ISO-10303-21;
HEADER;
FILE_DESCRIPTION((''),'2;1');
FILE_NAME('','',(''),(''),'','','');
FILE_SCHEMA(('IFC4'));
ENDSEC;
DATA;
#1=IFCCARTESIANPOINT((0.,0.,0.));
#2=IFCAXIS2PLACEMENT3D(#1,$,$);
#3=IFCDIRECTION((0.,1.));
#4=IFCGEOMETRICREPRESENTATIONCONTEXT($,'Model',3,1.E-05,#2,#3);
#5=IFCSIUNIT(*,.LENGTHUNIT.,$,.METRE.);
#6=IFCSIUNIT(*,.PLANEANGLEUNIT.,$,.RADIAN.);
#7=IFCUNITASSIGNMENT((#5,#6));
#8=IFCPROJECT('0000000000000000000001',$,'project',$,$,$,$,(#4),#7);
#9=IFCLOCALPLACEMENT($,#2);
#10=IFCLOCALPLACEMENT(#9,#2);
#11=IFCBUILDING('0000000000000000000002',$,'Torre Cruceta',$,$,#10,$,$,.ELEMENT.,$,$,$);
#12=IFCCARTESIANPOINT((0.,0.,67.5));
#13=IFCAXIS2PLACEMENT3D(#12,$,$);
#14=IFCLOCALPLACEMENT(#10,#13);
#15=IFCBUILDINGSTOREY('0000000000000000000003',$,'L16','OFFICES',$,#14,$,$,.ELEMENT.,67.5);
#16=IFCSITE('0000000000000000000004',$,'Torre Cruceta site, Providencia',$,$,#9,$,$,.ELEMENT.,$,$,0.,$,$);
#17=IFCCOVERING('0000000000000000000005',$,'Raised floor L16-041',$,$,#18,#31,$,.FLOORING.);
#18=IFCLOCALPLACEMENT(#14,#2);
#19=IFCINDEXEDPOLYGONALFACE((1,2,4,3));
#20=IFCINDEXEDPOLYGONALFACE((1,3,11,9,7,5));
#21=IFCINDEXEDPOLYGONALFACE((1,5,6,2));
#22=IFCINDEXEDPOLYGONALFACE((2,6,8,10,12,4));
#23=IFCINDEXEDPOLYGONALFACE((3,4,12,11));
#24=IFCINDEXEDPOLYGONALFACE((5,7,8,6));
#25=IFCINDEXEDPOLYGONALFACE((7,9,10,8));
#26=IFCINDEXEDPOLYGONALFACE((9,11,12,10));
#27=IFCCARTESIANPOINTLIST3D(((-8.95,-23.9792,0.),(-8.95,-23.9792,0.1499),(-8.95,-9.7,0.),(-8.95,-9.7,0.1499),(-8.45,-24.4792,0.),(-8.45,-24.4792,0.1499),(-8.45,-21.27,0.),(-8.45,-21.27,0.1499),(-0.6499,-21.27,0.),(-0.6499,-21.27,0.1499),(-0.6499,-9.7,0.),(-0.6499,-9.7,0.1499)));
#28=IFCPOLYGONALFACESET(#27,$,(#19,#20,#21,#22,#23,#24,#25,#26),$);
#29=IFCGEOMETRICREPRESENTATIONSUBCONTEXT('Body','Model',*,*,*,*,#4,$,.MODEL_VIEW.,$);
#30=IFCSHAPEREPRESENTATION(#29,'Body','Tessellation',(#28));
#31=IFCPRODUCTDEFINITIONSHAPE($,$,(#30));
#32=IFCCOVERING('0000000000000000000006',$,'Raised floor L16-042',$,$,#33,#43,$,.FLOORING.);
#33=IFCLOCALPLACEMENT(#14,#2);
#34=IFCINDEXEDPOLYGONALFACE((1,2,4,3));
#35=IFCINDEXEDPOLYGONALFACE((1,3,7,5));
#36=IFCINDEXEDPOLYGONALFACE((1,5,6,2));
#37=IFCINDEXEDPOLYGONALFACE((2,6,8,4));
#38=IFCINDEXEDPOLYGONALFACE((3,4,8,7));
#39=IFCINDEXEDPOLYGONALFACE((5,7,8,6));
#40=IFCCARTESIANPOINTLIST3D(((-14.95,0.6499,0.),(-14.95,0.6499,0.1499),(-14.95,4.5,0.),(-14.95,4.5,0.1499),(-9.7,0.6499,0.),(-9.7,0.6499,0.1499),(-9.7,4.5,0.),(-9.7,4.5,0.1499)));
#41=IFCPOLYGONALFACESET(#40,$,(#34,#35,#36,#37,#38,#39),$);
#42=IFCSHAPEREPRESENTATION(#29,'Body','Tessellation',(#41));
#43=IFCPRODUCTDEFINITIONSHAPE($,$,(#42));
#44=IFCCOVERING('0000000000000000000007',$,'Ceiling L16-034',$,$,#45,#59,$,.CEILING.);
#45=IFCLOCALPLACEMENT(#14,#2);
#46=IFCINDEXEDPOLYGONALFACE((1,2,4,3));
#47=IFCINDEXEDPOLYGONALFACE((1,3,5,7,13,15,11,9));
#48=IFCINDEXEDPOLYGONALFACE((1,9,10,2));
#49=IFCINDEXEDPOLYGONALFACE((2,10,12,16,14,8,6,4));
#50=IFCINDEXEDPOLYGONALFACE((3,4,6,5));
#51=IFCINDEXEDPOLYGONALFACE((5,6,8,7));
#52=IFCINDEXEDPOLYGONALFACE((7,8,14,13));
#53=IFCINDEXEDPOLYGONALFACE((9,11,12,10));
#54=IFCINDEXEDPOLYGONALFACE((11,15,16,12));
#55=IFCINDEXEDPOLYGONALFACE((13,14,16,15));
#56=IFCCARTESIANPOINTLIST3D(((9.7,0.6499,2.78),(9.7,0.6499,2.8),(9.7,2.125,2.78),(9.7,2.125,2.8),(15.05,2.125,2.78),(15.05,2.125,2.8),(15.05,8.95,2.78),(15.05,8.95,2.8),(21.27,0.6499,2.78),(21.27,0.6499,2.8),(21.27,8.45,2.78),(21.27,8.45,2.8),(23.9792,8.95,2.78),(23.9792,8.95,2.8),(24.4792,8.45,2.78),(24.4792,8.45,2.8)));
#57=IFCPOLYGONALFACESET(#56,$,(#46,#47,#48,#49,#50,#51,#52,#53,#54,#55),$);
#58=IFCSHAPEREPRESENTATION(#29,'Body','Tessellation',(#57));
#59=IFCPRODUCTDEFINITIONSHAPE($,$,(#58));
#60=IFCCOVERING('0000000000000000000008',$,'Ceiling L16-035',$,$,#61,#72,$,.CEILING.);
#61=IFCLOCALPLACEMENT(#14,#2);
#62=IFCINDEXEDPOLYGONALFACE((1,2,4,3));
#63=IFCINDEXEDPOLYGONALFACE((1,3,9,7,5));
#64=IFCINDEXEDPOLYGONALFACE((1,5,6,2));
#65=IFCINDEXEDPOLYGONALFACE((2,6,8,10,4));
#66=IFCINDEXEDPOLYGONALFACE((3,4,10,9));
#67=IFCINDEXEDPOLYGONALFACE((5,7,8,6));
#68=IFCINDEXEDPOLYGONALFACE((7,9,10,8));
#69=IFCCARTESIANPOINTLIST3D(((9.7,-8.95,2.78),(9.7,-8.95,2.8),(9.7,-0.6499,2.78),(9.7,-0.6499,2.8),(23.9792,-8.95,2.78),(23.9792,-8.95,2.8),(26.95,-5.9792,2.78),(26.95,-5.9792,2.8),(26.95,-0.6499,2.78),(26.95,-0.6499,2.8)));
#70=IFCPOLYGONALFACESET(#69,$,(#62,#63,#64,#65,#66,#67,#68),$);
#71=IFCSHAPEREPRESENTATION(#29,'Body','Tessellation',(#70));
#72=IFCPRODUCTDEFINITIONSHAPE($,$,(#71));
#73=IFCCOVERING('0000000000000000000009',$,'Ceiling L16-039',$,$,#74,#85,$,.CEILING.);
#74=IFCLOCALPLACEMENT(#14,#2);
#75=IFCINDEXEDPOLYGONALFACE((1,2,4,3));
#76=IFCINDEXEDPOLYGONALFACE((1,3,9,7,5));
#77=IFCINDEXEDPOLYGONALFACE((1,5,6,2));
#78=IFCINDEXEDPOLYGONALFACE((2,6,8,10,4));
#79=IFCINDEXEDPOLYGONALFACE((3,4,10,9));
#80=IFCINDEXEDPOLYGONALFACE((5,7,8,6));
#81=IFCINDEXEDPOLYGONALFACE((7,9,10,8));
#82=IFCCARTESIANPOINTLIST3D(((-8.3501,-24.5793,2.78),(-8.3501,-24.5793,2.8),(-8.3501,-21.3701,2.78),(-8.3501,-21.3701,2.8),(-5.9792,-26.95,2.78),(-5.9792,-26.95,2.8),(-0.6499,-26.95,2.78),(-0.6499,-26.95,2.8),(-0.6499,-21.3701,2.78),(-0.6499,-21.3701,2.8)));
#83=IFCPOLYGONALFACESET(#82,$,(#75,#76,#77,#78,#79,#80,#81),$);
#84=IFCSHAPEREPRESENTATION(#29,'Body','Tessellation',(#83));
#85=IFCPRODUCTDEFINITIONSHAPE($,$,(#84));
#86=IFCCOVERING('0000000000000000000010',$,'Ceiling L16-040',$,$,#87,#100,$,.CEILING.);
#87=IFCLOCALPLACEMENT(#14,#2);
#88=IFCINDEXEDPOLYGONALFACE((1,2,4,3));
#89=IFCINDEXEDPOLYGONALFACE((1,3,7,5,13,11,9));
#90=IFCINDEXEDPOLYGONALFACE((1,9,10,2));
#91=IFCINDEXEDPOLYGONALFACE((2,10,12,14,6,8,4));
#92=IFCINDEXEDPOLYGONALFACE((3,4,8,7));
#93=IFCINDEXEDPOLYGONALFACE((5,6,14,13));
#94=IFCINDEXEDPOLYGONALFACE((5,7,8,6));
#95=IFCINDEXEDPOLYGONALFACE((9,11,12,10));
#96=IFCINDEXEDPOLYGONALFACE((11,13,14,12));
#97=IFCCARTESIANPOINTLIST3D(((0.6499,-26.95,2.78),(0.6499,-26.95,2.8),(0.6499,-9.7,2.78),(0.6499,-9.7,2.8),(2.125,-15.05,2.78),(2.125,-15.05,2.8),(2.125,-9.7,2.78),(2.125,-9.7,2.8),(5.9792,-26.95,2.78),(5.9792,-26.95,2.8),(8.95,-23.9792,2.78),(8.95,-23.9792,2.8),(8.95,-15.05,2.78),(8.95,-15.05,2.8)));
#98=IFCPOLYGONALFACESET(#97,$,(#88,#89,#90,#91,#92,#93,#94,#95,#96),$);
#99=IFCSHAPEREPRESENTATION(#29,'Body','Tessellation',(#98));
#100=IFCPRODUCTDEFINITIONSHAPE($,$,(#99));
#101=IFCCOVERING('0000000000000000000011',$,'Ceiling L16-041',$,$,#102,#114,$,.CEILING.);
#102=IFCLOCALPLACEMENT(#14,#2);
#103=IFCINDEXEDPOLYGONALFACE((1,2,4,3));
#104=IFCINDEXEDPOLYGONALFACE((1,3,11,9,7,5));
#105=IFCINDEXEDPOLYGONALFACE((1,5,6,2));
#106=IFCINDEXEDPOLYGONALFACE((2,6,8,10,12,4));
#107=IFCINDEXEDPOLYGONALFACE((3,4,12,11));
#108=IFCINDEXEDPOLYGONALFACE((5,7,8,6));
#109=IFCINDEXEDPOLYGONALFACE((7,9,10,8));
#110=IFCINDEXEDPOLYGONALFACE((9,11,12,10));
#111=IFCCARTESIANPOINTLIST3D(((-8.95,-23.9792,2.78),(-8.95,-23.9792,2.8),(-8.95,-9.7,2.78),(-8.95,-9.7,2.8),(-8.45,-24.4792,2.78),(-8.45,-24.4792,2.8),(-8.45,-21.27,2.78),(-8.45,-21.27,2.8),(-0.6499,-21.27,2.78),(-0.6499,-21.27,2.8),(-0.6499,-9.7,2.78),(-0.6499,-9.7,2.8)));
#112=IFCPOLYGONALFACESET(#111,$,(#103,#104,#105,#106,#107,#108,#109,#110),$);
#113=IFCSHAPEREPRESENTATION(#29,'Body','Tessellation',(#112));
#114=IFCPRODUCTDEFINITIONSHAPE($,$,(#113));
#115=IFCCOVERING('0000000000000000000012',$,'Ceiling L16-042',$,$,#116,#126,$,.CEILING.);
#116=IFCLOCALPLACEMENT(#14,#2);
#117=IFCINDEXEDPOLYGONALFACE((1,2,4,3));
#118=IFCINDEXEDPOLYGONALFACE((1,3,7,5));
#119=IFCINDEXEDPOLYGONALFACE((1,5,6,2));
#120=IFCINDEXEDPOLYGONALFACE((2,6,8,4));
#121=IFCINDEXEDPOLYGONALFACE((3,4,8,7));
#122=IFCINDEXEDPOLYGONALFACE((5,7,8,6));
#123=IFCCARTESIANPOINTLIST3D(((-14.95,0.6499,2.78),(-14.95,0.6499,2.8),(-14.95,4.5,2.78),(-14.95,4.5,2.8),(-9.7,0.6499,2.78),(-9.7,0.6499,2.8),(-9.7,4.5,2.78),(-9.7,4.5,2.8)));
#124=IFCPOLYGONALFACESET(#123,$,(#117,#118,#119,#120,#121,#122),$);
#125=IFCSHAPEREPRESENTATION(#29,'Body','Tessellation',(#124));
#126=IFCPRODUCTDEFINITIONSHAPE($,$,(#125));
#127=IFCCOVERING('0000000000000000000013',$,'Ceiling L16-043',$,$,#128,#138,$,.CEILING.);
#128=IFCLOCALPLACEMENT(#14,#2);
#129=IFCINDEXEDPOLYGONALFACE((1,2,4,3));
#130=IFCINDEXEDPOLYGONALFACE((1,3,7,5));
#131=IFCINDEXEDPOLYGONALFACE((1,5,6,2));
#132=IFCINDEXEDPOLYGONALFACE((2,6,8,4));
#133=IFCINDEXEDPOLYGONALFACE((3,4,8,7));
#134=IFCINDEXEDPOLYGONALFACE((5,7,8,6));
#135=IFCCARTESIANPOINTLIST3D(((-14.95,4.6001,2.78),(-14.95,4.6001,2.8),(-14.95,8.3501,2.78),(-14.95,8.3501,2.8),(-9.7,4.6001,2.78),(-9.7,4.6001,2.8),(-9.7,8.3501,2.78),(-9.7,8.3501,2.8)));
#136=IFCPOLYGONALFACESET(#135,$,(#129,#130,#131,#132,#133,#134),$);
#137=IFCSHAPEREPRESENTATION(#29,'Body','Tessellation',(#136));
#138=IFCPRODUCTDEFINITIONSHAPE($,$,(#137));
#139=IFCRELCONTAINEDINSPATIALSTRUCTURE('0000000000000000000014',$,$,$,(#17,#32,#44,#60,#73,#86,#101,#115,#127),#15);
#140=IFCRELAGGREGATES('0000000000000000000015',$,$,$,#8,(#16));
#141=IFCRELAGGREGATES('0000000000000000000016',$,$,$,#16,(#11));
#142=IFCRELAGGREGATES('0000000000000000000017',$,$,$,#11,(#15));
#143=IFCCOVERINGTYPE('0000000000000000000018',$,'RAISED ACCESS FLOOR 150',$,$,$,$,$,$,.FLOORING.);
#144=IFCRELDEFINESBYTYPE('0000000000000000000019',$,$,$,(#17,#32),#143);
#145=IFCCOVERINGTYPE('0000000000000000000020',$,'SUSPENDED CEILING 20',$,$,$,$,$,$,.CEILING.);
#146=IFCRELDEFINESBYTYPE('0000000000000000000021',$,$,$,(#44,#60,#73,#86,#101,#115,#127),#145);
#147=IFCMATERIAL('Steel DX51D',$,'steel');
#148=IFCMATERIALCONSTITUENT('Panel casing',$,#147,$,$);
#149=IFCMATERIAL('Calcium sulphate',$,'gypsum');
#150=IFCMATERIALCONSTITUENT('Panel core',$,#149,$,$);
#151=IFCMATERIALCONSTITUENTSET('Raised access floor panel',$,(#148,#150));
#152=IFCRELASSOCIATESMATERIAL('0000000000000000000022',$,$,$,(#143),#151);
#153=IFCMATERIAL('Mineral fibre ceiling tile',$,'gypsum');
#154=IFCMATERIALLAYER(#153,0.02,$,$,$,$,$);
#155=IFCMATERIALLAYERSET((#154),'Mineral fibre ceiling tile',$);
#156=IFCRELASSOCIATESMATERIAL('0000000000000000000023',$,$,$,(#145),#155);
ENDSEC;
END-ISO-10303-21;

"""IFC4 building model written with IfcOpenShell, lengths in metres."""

from ifc_helpers import new_model, si_unit, direction, frame, origin, place, context, subcontext, project, spatial, polyline, outline, extrude, material, layer, layer_set, constituent, constituent_set, type_object, element, save


model = new_model("IFC4")

# Units and contexts
model_context = context("Model", 3, precision=1e-05, world=origin(), true_north=direction((0.0, 1.0)))
body_context = subcontext(model_context, "Body", "Model", "MODEL_VIEW")
ifc_project = project(units=[si_unit("LENGTHUNIT", "METRE"), si_unit("PLANEANGLEUNIT", "RADIAN")], contexts=[model_context])

# Site, building, storey
site_placement = place(None, origin())
site = spatial("IfcSite", under=ifc_project, at=site_placement, Name="Torre Cruceta site, Providencia", CompositionType="ELEMENT", RefElevation=0.0)
building_placement = place(site_placement, origin())
building = spatial("IfcBuilding", under=site, at=building_placement, Name="Torre Cruceta", CompositionType="ELEMENT")
storey_placement = place(building_placement, frame((0.0, 0.0, 67.5)))
storey = spatial("IfcBuildingStorey", under=building, at=storey_placement, Name="L16", Description="OFFICES", CompositionType="ELEMENT", Elevation=67.5)

# Coverings
ifc_material_1 = material(Name="Steel DX51D", Category="steel")
ifc_constituent_1 = constituent(ifc_material_1, Name="Panel casing")
ifc_material_2 = material(Name="Calcium sulphate", Category="gypsum")
ifc_constituent_2 = constituent(ifc_material_2, Name="Panel core")
ifc_constituent_set_1 = constituent_set(constituents=[ifc_constituent_1, ifc_constituent_2], Name="Raised access floor panel")
covering_type_1 = type_object("IfcCoveringType", Name="RAISED ACCESS FLOOR 150", PredefinedType="FLOORING", material=ifc_constituent_set_1)
covering_1_placement = place(storey_placement, origin())
element("IfcCovering", 1, at=covering_1_placement, inside=storey, type_object=covering_type_1, Name="Raised floor L16-041", PredefinedType="FLOORING", context=body_context, shape_type="SweptSolid", body=[
    extrude(outline(polyline([(-8.45, -21.27), (-8.45, -24.4792), (-8.95, -23.9792), (-8.95, -9.7), (-0.6499, -9.7), (-0.6499, -21.27), (-8.45, -21.27)])), origin(), (0.0, 0.0, 1.0), 0.1499),
])
covering_2_placement = place(storey_placement, origin())
element("IfcCovering", 2, at=covering_2_placement, inside=storey, type_object=covering_type_1, Name="Raised floor L16-042", PredefinedType="FLOORING", context=body_context, shape_type="SweptSolid", body=[
    extrude(outline(polyline([(-9.7, 4.5), (-9.7, 0.6499), (-14.95, 0.6499), (-14.95, 4.5), (-9.7, 4.5)])), origin(), (0.0, 0.0, 1.0), 0.1499),
])
ifc_material_3 = material(Name="Mineral fibre ceiling tile", Category="gypsum")
ifc_layer_1 = layer(ifc_material_3, 0.02)
ifc_layer_set_1 = layer_set([ifc_layer_1], Name="Mineral fibre ceiling tile")
covering_type_2 = type_object("IfcCoveringType", Name="SUSPENDED CEILING 20", PredefinedType="CEILING", material=ifc_layer_set_1)
covering_3_placement = place(storey_placement, frame((0.0, 0.0, 2.78)))
element("IfcCovering", 3, at=covering_3_placement, inside=storey, type_object=covering_type_2, Name="Ceiling L16-034", PredefinedType="CEILING", context=body_context, shape_type="SweptSolid", body=[
    extrude(outline(polyline([(21.27, 8.45), (21.27, 0.6499), (9.7, 0.6499), (9.7, 2.125), (15.05, 2.125), (15.05, 8.95), (23.9792, 8.95), (24.4792, 8.45), (21.27, 8.45)])), origin(), (0.0, 0.0, 1.0), 0.02),
])
covering_4_placement = place(storey_placement, frame((0.0, 0.0, 2.78)))
element("IfcCovering", 4, at=covering_4_placement, inside=storey, type_object=covering_type_2, Name="Ceiling L16-035", PredefinedType="CEILING", context=body_context, shape_type="SweptSolid", body=[
    extrude(outline(polyline([(26.95, -5.9792), (23.9792, -8.95), (9.7, -8.95), (9.7, -0.6499), (26.95, -0.6499), (26.95, -5.9792)])), origin(), (0.0, 0.0, 1.0), 0.02),
])
covering_5_placement = place(storey_placement, frame((0.0, 0.0, 2.78)))
element("IfcCovering", 5, at=covering_5_placement, inside=storey, type_object=covering_type_2, Name="Ceiling L16-039", PredefinedType="CEILING", context=body_context, shape_type="SweptSolid", body=[
    extrude(outline(polyline([(-8.3501, -24.5793), (-8.3501, -21.3701), (-0.6499, -21.3701), (-0.6499, -26.95), (-5.9792, -26.95), (-8.3501, -24.5793)])), origin(), (0.0, 0.0, 1.0), 0.02),
])
covering_6_placement = place(storey_placement, frame((0.0, 0.0, 2.78)))
element("IfcCovering", 6, at=covering_6_placement, inside=storey, type_object=covering_type_2, Name="Ceiling L16-040", PredefinedType="CEILING", context=body_context, shape_type="SweptSolid", body=[
    extrude(outline(polyline([(0.6499, -26.95), (0.6499, -9.7), (2.125, -9.7), (2.125, -15.05), (8.95, -15.05), (8.95, -23.9792), (5.9792, -26.95), (0.6499, -26.95)])), origin(), (0.0, 0.0, 1.0), 0.02),
])
covering_7_placement = place(storey_placement, frame((0.0, 0.0, 2.78)))
element("IfcCovering", 7, at=covering_7_placement, inside=storey, type_object=covering_type_2, Name="Ceiling L16-041", PredefinedType="CEILING", context=body_context, shape_type="SweptSolid", body=[
    extrude(outline(polyline([(-8.45, -21.27), (-8.45, -24.4792), (-8.95, -23.9792), (-8.95, -9.7), (-0.6499, -9.7), (-0.6499, -21.27), (-8.45, -21.27)])), origin(), (0.0, 0.0, 1.0), 0.02),
])
covering_8_placement = place(storey_placement, frame((0.0, 0.0, 2.78)))
element("IfcCovering", 8, at=covering_8_placement, inside=storey, type_object=covering_type_2, Name="Ceiling L16-042", PredefinedType="CEILING", context=body_context, shape_type="SweptSolid", body=[
    extrude(outline(polyline([(-9.7, 4.5), (-9.7, 0.6499), (-14.95, 0.6499), (-14.95, 4.5), (-9.7, 4.5)])), origin(), (0.0, 0.0, 1.0), 0.02),
])
covering_9_placement = place(storey_placement, frame((0.0, 0.0, 2.78)))
element("IfcCovering", 9, at=covering_9_placement, inside=storey, type_object=covering_type_2, Name="Ceiling L16-043", PredefinedType="CEILING", context=body_context, shape_type="SweptSolid", body=[
    extrude(outline(polyline([(-9.7, 8.3501), (-9.7, 4.6001), (-14.95, 4.6001), (-14.95, 8.3501), (-9.7, 8.3501)])), origin(), (0.0, 0.0, 1.0), 0.02),
])

save(model, "model.ifc")
